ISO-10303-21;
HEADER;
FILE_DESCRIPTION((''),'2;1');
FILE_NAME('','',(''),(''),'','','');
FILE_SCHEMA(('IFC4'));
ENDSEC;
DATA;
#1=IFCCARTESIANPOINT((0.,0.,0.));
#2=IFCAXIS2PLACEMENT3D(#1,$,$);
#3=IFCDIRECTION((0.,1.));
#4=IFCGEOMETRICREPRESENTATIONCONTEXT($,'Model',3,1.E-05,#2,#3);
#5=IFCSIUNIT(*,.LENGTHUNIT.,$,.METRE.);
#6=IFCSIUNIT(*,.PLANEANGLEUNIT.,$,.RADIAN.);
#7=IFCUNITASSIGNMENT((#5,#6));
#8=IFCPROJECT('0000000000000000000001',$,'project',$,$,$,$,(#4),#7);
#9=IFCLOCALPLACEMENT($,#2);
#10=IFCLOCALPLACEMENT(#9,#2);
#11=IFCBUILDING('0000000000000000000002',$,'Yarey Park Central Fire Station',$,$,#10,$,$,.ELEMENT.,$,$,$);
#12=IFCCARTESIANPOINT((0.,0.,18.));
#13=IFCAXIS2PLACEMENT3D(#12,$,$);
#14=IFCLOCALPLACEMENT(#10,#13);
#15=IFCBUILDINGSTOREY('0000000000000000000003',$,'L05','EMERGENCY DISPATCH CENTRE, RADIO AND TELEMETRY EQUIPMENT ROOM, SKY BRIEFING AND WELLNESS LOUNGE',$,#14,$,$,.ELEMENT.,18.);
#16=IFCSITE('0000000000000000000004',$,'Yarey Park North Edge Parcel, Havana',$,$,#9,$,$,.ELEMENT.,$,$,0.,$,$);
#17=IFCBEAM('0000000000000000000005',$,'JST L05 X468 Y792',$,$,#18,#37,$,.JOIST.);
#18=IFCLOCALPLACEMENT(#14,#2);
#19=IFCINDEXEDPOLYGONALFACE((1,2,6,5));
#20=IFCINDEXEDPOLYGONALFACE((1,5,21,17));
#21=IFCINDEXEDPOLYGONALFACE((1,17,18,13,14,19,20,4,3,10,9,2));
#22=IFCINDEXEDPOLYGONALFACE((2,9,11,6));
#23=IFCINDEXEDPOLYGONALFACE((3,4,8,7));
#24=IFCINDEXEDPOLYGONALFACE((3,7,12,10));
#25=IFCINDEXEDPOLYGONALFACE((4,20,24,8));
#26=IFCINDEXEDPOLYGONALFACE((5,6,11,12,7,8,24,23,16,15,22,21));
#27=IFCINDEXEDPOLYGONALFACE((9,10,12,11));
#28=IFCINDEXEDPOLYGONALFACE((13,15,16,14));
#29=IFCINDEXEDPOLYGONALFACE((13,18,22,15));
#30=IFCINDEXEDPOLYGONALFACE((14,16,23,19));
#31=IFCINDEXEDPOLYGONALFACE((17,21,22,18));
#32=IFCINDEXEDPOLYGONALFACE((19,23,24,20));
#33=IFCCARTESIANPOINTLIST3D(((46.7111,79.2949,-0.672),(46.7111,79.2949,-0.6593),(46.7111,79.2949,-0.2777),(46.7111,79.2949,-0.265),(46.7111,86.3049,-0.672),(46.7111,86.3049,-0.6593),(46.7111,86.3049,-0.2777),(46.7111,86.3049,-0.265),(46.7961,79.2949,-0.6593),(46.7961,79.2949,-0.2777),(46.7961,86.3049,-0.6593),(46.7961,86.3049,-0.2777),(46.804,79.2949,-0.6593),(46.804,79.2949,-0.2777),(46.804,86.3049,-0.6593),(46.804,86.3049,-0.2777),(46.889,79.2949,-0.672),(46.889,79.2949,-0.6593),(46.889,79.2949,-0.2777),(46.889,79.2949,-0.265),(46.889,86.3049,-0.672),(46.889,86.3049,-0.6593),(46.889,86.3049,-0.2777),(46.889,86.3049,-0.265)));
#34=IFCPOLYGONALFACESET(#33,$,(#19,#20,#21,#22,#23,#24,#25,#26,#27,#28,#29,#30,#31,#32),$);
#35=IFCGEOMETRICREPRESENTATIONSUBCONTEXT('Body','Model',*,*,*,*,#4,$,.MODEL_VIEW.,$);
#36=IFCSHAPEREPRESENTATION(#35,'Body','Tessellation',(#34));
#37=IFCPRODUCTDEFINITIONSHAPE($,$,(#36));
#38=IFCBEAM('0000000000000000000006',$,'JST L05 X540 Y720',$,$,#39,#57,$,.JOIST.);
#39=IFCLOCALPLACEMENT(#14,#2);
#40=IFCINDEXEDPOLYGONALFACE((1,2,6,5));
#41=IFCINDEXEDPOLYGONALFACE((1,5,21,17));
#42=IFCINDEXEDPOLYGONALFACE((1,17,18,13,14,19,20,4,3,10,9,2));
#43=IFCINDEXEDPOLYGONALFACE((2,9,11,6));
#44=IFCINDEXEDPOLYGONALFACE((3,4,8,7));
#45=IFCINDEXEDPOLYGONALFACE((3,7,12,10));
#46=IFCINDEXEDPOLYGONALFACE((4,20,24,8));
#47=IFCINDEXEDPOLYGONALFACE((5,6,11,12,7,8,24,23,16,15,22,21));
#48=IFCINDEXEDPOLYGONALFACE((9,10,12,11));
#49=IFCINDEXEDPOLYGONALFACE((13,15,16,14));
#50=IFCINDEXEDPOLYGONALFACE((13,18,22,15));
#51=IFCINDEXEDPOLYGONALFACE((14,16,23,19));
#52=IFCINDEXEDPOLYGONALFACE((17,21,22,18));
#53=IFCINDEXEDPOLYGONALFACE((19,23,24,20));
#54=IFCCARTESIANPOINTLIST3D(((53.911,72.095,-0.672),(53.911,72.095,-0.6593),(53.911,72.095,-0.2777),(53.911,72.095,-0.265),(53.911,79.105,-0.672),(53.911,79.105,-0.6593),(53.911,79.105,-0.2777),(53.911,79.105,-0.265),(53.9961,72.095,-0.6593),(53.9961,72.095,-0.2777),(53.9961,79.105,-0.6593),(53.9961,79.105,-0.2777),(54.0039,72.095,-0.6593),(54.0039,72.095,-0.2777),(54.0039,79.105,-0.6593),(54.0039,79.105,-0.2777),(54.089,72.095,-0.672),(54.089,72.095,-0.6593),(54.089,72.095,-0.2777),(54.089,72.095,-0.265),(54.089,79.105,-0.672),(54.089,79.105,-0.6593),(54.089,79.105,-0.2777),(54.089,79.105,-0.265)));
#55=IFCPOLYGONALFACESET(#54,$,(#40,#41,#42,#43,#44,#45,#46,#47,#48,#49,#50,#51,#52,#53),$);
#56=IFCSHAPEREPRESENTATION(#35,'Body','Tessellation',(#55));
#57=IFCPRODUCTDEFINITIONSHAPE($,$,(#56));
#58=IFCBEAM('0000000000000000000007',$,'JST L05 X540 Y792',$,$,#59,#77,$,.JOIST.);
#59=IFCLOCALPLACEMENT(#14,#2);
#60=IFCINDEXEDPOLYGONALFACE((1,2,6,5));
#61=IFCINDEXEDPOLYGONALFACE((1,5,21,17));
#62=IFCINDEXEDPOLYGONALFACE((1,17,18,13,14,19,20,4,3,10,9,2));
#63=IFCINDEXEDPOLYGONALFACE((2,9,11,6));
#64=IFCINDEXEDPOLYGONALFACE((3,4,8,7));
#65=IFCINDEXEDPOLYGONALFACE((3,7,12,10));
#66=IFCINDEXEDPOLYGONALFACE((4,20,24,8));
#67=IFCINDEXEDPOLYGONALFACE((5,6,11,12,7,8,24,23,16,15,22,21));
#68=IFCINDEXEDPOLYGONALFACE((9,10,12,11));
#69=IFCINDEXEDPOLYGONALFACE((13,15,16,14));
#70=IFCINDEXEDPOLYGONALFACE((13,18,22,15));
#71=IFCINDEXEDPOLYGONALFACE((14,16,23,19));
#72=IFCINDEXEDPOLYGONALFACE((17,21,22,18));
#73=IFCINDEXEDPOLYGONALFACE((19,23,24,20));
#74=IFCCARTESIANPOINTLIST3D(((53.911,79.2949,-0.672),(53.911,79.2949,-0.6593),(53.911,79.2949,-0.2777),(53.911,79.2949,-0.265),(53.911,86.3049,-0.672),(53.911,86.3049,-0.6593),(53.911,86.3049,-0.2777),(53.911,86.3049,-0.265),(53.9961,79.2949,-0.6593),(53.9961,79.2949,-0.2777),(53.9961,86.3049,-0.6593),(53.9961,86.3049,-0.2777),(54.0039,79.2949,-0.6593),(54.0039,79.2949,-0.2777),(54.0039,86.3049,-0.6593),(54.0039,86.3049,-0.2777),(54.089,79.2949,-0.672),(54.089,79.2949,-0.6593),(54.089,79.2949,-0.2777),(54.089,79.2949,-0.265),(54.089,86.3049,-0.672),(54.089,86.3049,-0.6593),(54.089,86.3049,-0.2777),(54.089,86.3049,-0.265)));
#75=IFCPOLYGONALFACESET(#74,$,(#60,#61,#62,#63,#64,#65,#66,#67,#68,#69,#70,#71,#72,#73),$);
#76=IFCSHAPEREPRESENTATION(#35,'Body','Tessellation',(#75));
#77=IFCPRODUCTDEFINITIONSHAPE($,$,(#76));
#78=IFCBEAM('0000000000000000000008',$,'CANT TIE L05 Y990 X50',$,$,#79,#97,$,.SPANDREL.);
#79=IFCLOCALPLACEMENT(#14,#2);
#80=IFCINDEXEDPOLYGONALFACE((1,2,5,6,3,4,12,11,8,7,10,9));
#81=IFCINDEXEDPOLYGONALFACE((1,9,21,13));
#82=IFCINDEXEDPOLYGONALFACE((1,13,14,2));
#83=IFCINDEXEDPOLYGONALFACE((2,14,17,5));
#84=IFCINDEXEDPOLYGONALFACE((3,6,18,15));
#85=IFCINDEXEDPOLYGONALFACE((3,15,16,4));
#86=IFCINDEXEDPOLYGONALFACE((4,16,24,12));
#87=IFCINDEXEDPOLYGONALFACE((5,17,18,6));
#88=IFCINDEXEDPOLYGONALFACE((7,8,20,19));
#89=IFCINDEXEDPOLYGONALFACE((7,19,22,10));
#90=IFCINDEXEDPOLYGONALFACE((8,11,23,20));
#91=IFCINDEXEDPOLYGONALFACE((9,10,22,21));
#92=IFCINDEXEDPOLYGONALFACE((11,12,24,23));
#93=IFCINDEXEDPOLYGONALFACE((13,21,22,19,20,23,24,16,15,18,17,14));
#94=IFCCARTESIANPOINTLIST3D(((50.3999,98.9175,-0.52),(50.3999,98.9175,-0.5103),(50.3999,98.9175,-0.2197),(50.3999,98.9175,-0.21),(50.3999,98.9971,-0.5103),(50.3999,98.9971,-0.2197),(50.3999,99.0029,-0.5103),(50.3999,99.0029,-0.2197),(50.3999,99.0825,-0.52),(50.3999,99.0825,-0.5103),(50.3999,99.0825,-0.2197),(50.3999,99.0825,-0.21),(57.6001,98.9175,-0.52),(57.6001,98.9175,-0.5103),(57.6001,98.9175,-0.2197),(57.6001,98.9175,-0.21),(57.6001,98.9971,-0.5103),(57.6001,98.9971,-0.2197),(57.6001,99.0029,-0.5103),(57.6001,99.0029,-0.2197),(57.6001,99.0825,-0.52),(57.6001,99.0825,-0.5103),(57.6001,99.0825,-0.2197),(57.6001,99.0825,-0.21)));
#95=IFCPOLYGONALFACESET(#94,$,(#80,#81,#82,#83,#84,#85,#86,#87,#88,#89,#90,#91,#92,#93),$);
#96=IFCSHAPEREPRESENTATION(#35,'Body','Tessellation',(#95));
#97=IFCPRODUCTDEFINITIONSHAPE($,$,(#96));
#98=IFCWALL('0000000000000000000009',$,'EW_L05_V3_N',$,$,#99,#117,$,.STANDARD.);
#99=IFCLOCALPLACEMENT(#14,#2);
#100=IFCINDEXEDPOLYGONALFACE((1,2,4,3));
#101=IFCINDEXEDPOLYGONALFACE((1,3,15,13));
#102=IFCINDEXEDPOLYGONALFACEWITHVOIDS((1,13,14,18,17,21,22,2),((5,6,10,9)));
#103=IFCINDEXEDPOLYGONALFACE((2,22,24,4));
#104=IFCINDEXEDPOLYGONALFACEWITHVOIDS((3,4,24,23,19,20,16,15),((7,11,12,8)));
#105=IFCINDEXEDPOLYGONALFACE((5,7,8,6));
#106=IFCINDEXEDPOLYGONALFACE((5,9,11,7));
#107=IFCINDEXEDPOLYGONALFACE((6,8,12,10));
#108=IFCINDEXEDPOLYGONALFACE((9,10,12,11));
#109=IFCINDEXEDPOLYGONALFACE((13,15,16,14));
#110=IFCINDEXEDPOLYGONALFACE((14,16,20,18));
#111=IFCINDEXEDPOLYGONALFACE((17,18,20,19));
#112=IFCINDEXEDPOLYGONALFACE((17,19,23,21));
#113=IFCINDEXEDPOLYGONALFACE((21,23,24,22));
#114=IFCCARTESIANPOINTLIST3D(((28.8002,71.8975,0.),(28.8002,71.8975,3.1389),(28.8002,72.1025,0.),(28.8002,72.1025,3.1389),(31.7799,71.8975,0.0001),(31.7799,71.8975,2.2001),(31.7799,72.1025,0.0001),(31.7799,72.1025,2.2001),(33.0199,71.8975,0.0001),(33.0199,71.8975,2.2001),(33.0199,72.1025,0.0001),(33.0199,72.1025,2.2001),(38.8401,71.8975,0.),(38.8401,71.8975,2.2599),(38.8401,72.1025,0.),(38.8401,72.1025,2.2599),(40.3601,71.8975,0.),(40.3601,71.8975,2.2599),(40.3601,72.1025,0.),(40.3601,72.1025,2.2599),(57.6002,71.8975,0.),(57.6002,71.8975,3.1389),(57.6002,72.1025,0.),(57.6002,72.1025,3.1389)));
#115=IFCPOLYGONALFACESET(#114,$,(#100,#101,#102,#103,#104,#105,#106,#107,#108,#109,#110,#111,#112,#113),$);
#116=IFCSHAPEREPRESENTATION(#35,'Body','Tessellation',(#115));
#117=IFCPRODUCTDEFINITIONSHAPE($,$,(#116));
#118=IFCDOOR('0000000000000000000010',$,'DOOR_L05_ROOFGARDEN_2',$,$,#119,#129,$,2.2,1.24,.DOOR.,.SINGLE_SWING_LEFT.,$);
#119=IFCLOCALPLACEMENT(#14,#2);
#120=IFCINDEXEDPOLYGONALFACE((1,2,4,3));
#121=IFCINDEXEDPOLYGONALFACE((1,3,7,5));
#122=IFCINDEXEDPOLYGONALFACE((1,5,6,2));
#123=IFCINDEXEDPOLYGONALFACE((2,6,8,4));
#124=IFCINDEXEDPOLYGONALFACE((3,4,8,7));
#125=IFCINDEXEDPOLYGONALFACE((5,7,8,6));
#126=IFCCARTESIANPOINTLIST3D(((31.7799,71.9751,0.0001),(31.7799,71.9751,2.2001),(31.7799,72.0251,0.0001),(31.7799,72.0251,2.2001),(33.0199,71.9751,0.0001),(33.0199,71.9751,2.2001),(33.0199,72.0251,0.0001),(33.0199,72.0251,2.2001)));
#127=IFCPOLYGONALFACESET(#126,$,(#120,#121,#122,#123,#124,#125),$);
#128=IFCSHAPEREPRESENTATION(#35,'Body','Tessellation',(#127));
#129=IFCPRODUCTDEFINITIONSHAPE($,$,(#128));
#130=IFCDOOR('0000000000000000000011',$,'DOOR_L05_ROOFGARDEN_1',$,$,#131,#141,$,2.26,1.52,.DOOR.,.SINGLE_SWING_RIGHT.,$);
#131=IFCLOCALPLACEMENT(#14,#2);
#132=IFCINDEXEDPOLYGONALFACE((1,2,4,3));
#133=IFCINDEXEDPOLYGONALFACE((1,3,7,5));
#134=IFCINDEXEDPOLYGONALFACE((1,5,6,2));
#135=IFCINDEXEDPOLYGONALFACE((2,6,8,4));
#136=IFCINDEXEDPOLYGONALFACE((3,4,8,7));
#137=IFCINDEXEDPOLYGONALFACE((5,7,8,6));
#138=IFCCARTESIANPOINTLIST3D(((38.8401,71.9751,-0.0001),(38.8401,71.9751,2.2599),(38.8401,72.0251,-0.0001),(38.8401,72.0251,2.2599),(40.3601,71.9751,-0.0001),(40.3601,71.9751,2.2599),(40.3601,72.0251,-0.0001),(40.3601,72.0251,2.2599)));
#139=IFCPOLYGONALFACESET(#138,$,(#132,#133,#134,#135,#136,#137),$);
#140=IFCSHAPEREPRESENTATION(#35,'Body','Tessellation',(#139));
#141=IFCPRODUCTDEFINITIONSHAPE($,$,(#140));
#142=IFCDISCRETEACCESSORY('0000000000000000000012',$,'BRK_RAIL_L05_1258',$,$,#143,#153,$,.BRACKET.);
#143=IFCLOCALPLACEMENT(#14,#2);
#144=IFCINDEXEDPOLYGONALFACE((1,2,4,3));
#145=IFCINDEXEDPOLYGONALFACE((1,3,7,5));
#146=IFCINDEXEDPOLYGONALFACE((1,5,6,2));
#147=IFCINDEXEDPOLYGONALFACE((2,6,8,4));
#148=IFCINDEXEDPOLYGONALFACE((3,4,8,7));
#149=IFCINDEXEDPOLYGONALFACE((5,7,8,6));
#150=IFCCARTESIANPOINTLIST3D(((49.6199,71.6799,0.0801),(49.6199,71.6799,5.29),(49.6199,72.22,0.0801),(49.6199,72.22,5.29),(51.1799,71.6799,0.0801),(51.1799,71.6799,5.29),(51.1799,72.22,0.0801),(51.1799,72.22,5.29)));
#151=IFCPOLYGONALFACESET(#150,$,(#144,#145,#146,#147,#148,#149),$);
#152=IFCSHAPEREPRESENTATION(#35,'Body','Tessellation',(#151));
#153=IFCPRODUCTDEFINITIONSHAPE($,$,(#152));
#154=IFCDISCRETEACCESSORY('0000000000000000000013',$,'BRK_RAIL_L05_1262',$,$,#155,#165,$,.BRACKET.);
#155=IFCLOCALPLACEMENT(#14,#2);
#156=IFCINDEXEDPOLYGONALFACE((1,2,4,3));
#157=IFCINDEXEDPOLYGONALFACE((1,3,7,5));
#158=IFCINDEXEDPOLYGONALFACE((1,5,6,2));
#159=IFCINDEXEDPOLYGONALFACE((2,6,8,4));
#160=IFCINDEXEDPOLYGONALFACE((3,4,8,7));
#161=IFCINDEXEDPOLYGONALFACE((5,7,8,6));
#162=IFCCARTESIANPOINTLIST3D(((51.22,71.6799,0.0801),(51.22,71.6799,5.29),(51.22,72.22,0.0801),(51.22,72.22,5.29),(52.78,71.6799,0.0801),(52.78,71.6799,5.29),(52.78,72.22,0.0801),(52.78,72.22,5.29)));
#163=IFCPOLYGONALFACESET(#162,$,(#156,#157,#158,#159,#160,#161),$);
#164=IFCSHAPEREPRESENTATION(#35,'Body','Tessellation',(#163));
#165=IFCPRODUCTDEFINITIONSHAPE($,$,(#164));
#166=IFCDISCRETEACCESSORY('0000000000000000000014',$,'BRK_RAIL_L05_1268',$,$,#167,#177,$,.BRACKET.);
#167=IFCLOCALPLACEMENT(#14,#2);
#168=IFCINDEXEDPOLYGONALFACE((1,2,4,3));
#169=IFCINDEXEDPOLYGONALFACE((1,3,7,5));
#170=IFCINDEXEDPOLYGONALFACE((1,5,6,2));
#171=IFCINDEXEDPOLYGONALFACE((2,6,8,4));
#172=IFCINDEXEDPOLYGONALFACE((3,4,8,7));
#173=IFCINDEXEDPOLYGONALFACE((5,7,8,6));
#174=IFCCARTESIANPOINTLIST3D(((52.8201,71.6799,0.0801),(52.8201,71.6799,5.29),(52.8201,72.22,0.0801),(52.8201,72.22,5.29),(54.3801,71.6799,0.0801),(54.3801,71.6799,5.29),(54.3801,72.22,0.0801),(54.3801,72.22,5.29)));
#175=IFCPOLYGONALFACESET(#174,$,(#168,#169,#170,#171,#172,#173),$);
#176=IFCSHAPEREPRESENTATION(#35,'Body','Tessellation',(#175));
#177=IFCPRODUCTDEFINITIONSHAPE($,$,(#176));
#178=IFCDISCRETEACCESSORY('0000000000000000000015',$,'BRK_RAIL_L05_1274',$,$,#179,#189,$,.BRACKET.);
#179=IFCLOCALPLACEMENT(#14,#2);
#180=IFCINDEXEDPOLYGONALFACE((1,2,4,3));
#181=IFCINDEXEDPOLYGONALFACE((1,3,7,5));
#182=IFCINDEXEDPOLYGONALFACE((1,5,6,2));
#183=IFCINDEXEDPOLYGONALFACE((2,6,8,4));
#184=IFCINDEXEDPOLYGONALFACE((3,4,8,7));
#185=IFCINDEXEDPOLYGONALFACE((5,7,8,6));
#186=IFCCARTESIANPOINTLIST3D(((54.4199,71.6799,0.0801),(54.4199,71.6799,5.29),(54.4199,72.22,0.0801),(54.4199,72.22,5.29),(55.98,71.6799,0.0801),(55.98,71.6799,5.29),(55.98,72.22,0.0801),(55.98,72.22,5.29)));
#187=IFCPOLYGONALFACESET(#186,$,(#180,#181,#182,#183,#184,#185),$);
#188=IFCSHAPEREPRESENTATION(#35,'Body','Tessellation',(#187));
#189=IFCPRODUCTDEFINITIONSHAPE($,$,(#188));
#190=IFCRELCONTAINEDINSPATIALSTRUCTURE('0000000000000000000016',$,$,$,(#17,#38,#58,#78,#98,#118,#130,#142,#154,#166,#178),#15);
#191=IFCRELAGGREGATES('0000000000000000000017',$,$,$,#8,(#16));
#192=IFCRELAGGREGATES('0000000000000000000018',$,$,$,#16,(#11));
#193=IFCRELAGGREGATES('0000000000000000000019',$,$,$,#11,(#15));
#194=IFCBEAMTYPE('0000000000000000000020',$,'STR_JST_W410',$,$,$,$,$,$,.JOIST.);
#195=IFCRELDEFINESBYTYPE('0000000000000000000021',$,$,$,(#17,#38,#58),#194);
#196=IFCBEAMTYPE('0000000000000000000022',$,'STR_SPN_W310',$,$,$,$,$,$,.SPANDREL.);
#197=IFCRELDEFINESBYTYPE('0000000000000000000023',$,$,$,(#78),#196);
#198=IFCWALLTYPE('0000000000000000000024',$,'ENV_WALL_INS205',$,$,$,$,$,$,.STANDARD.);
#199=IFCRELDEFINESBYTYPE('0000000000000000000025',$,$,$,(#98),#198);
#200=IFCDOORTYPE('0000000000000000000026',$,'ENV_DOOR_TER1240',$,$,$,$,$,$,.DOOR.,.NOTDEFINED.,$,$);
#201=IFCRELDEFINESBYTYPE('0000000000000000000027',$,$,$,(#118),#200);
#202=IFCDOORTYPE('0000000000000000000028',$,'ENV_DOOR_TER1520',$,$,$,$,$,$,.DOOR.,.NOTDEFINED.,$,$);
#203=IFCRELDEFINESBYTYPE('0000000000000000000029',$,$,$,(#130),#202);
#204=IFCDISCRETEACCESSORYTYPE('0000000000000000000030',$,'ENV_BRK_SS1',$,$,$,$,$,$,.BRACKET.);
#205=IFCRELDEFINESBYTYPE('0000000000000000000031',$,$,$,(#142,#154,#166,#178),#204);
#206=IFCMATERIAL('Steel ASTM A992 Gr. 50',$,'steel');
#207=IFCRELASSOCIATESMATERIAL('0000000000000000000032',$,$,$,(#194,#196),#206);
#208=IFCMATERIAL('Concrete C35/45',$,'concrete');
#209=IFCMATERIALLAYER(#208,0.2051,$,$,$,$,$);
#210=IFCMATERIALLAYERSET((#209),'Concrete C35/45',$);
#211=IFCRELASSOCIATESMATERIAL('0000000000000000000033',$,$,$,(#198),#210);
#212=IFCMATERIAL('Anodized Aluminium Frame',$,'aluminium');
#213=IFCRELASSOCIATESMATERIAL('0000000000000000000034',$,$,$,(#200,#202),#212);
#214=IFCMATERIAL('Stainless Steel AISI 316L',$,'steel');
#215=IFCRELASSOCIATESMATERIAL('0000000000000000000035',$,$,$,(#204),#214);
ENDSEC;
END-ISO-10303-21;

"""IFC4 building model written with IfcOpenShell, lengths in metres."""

from ifc_helpers import new_model, si_unit, direction, frame, frame_2d, origin, origin_2d, place, context, subcontext, project, spatial, rectangle, i_section, extrude, material, layer, layer_set, material_profile, profile_set, type_object, element, fill, save


model = new_model("IFC4")

# Units and contexts
model_context = context("Model", 3, precision=1e-05, world=origin(), true_north=direction((0.0, 1.0)))
body_context = subcontext(model_context, "Body", "Model", "MODEL_VIEW")
ifc_project = project(units=[si_unit("LENGTHUNIT", "METRE"), si_unit("PLANEANGLEUNIT", "RADIAN")], contexts=[model_context])

# Site, building, storey
site_placement = place(None, origin())
site = spatial("IfcSite", under=ifc_project, at=site_placement, Name="Yarey Park North Edge Parcel, Havana", CompositionType="ELEMENT", RefElevation=0.0)
building_placement = place(site_placement, origin())
building = spatial("IfcBuilding", under=site, at=building_placement, Name="Yarey Park Central Fire Station", CompositionType="ELEMENT")
storey_placement = place(building_placement, frame((0.0, 0.0, 18.0)))
storey = spatial("IfcBuildingStorey", under=building, at=storey_placement, Name="L05", Description="EMERGENCY DISPATCH CENTRE, RADIO AND TELEMETRY EQUIPMENT ROOM, SKY BRIEFING AND WELLNESS LOUNGE", CompositionType="ELEMENT", Elevation=18.0)

# Shared definitions
ifc_material_1 = material(Name="Steel ASTM A992 Gr. 50", Category="steel")

# Beams
ifc_material_profile_1 = material_profile(ifc_material_1, i_section(OverallWidth=0.178, OverallDepth=0.407, WebThickness=0.0078, FlangeThickness=0.0127, at=origin_2d()), Name="W410x60")
ifc_profile_set_1 = profile_set([ifc_material_profile_1], Name="Steel ASTM A992 Gr. 50")
beam_type_1 = type_object("IfcBeamType", Name="STR_JST_W410", PredefinedType="JOIST", material=ifc_profile_set_1)
for number, where, z_axis, x_axis, name in (
    (1, (46.8, 79.2949, -0.4685), (0.0, 1.0, 0.0), (-1.0, 0.0, 0.0), "JST L05 X468 Y792"),
    (2, (54.0, 72.095, -0.4685), (0.0, 1.0, 0.0), (-1.0, 0.0, 0.0), "JST L05 X540 Y720"),
    (3, (54.0, 79.2949, -0.4685), (0.0, 1.0, 0.0), (-1.0, 0.0, 0.0), "JST L05 X540 Y792"),
):
    element("IfcBeam", number, at=place(storey_placement, frame(where, z_axis=z_axis, x_axis=x_axis)), inside=storey, type_object=beam_type_1, Name=name, PredefinedType="JOIST", context=body_context, shape_type="SweptSolid", body=[
        extrude(i_section(OverallWidth=0.178, OverallDepth=0.407, WebThickness=0.0078, FlangeThickness=0.0127, at=origin_2d()), origin(), (0.0, 0.0, 1.0), 7.01),
    ])
ifc_material_profile_2 = material_profile(ifc_material_1, i_section(OverallWidth=0.165, OverallDepth=0.3101, WebThickness=0.0059, FlangeThickness=0.0098, at=origin_2d()), Name="W310x39")
ifc_profile_set_2 = profile_set([ifc_material_profile_2], Name="Steel ASTM A992 Gr. 50")
beam_type_2 = type_object("IfcBeamType", Name="STR_SPN_W310", PredefinedType="SPANDREL", material=ifc_profile_set_2)
beam_1_placement = place(storey_placement, frame((50.3999, 99.0, -0.365), z_axis=(1.0, 0.0, 0.0), x_axis=(0.0, 1.0, 0.0)))
element("IfcBeam", 4, at=beam_1_placement, inside=storey, type_object=beam_type_2, Name="CANT TIE L05 Y990 X50", PredefinedType="SPANDREL", context=body_context, shape_type="SweptSolid", body=[
    extrude(i_section(OverallWidth=0.165, OverallDepth=0.3101, WebThickness=0.0059, FlangeThickness=0.0098, at=origin_2d()), origin(), (0.0, 0.0, 1.0), 7.2002),
])

# Wall, openings, doors
ifc_material_2 = material(Name="Concrete C35/45", Category="concrete")
ifc_layer = layer(ifc_material_2, 0.2051)
ifc_layer_set = layer_set([ifc_layer], Name="Concrete C35/45")
wall_type = type_object("IfcWallType", Name="ENV_WALL_INS205", PredefinedType="STANDARD", material=ifc_layer_set)
wall_placement = place(storey_placement, frame((57.6001, 72.0, 0.0), z_axis=(0.0, 0.0, 1.0), x_axis=(-1.0, 0.0, 0.0)))
wall = element("IfcWall", 5, at=wall_placement, inside=storey, type_object=wall_type, Name="EW_L05_V3_N", PredefinedType="STANDARD", context=body_context, shape_type="SweptSolid", body=[
    extrude(rectangle(XDim=28.8, YDim=0.2051, at=frame_2d((14.3999, 0.0))), origin(), (0.0, 0.0, 1.0), 3.1389),
])
opening_1_placement = place(wall_placement, frame((17.24, 0.0, 0.0)))
opening_1 = element("IfcOpeningElement", 6, at=opening_1_placement, cuts=wall, PredefinedType="OPENING", context=body_context, shape_type="SweptSolid", body=[
    extrude(rectangle(XDim=1.52, YDim=2.26, at=frame_2d((0.76, 1.1299))), frame((0.0, 0.1125, 0.0), z_axis=(0.0, -1.0, 0.0), x_axis=(1.0, 0.0, 0.0)), (0.0, 0.0, 1.0), 0.2251),
])
opening_2_placement = place(wall_placement, frame((24.5801, 0.0, 0.0)))
opening_2 = element("IfcOpeningElement", 7, at=opening_2_placement, cuts=wall, PredefinedType="OPENING", context=body_context, shape_type="SweptSolid", body=[
    extrude(rectangle(XDim=1.24, YDim=2.2, at=frame_2d((0.6201, 1.1001))), frame((0.0, 0.1125, 0.0), z_axis=(0.0, -1.0, 0.0), x_axis=(1.0, 0.0, 0.0)), (0.0, 0.0, 1.0), 0.2251),
])
ifc_material_3 = material(Name="Anodized Aluminium Frame", Category="aluminium")
door_type_1 = type_object("IfcDoorType", Name="ENV_DOOR_TER1240", OperationType="NOTDEFINED", PredefinedType="DOOR", material=ifc_material_3)
door_1_placement = place(opening_2_placement, origin())
door_1 = element("IfcDoor", 8, at=door_1_placement, inside=storey, type_object=door_type_1, Name="DOOR_L05_ROOFGARDEN_2", OperationType="SINGLE_SWING_LEFT", OverallHeight=2.2, OverallWidth=1.24, PredefinedType="DOOR", context=body_context, shape_type="SweptSolid", body=[
    extrude(rectangle(XDim=1.24, YDim=2.2, at=frame_2d((0.6201, 1.1001))), frame((0.0, 0.0249, 0.0), z_axis=(0.0, -1.0, 0.0), x_axis=(1.0, 0.0, 0.0)), (0.0, 0.0, 1.0), 0.05),
])
fill(opening_2, door_1)
door_type_2 = type_object("IfcDoorType", Name="ENV_DOOR_TER1520", OperationType="NOTDEFINED", PredefinedType="DOOR", material=ifc_material_3)
door_2_placement = place(opening_1_placement, origin())
door_2 = element("IfcDoor", 9, at=door_2_placement, inside=storey, type_object=door_type_2, Name="DOOR_L05_ROOFGARDEN_1", OperationType="SINGLE_SWING_RIGHT", OverallHeight=2.26, OverallWidth=1.52, PredefinedType="DOOR", context=body_context, shape_type="SweptSolid", body=[
    extrude(rectangle(XDim=1.52, YDim=2.26, at=frame_2d((0.76, 1.1299))), frame((0.0, 0.0249, 0.0), z_axis=(0.0, -1.0, 0.0), x_axis=(1.0, 0.0, 0.0)), (0.0, 0.0, 1.0), 0.05),
])
fill(opening_1, door_2)

# Shared definitions
ifc_material_4 = material(Name="Stainless Steel AISI 316L", Category="steel")

# Discrete accessories
discrete_accessory_type = type_object("IfcDiscreteAccessoryType", Name="ENV_BRK_SS1", PredefinedType="BRACKET", material=ifc_material_4)
for number, where, z_axis, x_axis, name in (
    (10, (50.3999, 71.95, 0.0801), (0.0, 0.0, 1.0), (1.0, 0.0, 0.0), "BRK_RAIL_L05_1258"),
    (11, (52.0, 71.95, 0.0801), (0.0, 0.0, 1.0), (1.0, 0.0, 0.0), "BRK_RAIL_L05_1262"),
    (12, (53.6001, 71.95, 0.0801), (0.0, 0.0, 1.0), (1.0, 0.0, 0.0), "BRK_RAIL_L05_1268"),
    (13, (55.2, 71.95, 0.0801), (0.0, 0.0, 1.0), (1.0, 0.0, 0.0), "BRK_RAIL_L05_1274"),
):
    element("IfcDiscreteAccessory", number, at=place(storey_placement, frame(where, z_axis=z_axis, x_axis=x_axis)), inside=storey, type_object=discrete_accessory_type, Name=name, PredefinedType="BRACKET", context=body_context, shape_type="SweptSolid", body=[
        extrude(rectangle(XDim=1.5601, YDim=0.54, at=origin_2d()), origin(), (0.0, 0.0, 1.0), 5.21),
    ])

save(model, "model.ifc")
